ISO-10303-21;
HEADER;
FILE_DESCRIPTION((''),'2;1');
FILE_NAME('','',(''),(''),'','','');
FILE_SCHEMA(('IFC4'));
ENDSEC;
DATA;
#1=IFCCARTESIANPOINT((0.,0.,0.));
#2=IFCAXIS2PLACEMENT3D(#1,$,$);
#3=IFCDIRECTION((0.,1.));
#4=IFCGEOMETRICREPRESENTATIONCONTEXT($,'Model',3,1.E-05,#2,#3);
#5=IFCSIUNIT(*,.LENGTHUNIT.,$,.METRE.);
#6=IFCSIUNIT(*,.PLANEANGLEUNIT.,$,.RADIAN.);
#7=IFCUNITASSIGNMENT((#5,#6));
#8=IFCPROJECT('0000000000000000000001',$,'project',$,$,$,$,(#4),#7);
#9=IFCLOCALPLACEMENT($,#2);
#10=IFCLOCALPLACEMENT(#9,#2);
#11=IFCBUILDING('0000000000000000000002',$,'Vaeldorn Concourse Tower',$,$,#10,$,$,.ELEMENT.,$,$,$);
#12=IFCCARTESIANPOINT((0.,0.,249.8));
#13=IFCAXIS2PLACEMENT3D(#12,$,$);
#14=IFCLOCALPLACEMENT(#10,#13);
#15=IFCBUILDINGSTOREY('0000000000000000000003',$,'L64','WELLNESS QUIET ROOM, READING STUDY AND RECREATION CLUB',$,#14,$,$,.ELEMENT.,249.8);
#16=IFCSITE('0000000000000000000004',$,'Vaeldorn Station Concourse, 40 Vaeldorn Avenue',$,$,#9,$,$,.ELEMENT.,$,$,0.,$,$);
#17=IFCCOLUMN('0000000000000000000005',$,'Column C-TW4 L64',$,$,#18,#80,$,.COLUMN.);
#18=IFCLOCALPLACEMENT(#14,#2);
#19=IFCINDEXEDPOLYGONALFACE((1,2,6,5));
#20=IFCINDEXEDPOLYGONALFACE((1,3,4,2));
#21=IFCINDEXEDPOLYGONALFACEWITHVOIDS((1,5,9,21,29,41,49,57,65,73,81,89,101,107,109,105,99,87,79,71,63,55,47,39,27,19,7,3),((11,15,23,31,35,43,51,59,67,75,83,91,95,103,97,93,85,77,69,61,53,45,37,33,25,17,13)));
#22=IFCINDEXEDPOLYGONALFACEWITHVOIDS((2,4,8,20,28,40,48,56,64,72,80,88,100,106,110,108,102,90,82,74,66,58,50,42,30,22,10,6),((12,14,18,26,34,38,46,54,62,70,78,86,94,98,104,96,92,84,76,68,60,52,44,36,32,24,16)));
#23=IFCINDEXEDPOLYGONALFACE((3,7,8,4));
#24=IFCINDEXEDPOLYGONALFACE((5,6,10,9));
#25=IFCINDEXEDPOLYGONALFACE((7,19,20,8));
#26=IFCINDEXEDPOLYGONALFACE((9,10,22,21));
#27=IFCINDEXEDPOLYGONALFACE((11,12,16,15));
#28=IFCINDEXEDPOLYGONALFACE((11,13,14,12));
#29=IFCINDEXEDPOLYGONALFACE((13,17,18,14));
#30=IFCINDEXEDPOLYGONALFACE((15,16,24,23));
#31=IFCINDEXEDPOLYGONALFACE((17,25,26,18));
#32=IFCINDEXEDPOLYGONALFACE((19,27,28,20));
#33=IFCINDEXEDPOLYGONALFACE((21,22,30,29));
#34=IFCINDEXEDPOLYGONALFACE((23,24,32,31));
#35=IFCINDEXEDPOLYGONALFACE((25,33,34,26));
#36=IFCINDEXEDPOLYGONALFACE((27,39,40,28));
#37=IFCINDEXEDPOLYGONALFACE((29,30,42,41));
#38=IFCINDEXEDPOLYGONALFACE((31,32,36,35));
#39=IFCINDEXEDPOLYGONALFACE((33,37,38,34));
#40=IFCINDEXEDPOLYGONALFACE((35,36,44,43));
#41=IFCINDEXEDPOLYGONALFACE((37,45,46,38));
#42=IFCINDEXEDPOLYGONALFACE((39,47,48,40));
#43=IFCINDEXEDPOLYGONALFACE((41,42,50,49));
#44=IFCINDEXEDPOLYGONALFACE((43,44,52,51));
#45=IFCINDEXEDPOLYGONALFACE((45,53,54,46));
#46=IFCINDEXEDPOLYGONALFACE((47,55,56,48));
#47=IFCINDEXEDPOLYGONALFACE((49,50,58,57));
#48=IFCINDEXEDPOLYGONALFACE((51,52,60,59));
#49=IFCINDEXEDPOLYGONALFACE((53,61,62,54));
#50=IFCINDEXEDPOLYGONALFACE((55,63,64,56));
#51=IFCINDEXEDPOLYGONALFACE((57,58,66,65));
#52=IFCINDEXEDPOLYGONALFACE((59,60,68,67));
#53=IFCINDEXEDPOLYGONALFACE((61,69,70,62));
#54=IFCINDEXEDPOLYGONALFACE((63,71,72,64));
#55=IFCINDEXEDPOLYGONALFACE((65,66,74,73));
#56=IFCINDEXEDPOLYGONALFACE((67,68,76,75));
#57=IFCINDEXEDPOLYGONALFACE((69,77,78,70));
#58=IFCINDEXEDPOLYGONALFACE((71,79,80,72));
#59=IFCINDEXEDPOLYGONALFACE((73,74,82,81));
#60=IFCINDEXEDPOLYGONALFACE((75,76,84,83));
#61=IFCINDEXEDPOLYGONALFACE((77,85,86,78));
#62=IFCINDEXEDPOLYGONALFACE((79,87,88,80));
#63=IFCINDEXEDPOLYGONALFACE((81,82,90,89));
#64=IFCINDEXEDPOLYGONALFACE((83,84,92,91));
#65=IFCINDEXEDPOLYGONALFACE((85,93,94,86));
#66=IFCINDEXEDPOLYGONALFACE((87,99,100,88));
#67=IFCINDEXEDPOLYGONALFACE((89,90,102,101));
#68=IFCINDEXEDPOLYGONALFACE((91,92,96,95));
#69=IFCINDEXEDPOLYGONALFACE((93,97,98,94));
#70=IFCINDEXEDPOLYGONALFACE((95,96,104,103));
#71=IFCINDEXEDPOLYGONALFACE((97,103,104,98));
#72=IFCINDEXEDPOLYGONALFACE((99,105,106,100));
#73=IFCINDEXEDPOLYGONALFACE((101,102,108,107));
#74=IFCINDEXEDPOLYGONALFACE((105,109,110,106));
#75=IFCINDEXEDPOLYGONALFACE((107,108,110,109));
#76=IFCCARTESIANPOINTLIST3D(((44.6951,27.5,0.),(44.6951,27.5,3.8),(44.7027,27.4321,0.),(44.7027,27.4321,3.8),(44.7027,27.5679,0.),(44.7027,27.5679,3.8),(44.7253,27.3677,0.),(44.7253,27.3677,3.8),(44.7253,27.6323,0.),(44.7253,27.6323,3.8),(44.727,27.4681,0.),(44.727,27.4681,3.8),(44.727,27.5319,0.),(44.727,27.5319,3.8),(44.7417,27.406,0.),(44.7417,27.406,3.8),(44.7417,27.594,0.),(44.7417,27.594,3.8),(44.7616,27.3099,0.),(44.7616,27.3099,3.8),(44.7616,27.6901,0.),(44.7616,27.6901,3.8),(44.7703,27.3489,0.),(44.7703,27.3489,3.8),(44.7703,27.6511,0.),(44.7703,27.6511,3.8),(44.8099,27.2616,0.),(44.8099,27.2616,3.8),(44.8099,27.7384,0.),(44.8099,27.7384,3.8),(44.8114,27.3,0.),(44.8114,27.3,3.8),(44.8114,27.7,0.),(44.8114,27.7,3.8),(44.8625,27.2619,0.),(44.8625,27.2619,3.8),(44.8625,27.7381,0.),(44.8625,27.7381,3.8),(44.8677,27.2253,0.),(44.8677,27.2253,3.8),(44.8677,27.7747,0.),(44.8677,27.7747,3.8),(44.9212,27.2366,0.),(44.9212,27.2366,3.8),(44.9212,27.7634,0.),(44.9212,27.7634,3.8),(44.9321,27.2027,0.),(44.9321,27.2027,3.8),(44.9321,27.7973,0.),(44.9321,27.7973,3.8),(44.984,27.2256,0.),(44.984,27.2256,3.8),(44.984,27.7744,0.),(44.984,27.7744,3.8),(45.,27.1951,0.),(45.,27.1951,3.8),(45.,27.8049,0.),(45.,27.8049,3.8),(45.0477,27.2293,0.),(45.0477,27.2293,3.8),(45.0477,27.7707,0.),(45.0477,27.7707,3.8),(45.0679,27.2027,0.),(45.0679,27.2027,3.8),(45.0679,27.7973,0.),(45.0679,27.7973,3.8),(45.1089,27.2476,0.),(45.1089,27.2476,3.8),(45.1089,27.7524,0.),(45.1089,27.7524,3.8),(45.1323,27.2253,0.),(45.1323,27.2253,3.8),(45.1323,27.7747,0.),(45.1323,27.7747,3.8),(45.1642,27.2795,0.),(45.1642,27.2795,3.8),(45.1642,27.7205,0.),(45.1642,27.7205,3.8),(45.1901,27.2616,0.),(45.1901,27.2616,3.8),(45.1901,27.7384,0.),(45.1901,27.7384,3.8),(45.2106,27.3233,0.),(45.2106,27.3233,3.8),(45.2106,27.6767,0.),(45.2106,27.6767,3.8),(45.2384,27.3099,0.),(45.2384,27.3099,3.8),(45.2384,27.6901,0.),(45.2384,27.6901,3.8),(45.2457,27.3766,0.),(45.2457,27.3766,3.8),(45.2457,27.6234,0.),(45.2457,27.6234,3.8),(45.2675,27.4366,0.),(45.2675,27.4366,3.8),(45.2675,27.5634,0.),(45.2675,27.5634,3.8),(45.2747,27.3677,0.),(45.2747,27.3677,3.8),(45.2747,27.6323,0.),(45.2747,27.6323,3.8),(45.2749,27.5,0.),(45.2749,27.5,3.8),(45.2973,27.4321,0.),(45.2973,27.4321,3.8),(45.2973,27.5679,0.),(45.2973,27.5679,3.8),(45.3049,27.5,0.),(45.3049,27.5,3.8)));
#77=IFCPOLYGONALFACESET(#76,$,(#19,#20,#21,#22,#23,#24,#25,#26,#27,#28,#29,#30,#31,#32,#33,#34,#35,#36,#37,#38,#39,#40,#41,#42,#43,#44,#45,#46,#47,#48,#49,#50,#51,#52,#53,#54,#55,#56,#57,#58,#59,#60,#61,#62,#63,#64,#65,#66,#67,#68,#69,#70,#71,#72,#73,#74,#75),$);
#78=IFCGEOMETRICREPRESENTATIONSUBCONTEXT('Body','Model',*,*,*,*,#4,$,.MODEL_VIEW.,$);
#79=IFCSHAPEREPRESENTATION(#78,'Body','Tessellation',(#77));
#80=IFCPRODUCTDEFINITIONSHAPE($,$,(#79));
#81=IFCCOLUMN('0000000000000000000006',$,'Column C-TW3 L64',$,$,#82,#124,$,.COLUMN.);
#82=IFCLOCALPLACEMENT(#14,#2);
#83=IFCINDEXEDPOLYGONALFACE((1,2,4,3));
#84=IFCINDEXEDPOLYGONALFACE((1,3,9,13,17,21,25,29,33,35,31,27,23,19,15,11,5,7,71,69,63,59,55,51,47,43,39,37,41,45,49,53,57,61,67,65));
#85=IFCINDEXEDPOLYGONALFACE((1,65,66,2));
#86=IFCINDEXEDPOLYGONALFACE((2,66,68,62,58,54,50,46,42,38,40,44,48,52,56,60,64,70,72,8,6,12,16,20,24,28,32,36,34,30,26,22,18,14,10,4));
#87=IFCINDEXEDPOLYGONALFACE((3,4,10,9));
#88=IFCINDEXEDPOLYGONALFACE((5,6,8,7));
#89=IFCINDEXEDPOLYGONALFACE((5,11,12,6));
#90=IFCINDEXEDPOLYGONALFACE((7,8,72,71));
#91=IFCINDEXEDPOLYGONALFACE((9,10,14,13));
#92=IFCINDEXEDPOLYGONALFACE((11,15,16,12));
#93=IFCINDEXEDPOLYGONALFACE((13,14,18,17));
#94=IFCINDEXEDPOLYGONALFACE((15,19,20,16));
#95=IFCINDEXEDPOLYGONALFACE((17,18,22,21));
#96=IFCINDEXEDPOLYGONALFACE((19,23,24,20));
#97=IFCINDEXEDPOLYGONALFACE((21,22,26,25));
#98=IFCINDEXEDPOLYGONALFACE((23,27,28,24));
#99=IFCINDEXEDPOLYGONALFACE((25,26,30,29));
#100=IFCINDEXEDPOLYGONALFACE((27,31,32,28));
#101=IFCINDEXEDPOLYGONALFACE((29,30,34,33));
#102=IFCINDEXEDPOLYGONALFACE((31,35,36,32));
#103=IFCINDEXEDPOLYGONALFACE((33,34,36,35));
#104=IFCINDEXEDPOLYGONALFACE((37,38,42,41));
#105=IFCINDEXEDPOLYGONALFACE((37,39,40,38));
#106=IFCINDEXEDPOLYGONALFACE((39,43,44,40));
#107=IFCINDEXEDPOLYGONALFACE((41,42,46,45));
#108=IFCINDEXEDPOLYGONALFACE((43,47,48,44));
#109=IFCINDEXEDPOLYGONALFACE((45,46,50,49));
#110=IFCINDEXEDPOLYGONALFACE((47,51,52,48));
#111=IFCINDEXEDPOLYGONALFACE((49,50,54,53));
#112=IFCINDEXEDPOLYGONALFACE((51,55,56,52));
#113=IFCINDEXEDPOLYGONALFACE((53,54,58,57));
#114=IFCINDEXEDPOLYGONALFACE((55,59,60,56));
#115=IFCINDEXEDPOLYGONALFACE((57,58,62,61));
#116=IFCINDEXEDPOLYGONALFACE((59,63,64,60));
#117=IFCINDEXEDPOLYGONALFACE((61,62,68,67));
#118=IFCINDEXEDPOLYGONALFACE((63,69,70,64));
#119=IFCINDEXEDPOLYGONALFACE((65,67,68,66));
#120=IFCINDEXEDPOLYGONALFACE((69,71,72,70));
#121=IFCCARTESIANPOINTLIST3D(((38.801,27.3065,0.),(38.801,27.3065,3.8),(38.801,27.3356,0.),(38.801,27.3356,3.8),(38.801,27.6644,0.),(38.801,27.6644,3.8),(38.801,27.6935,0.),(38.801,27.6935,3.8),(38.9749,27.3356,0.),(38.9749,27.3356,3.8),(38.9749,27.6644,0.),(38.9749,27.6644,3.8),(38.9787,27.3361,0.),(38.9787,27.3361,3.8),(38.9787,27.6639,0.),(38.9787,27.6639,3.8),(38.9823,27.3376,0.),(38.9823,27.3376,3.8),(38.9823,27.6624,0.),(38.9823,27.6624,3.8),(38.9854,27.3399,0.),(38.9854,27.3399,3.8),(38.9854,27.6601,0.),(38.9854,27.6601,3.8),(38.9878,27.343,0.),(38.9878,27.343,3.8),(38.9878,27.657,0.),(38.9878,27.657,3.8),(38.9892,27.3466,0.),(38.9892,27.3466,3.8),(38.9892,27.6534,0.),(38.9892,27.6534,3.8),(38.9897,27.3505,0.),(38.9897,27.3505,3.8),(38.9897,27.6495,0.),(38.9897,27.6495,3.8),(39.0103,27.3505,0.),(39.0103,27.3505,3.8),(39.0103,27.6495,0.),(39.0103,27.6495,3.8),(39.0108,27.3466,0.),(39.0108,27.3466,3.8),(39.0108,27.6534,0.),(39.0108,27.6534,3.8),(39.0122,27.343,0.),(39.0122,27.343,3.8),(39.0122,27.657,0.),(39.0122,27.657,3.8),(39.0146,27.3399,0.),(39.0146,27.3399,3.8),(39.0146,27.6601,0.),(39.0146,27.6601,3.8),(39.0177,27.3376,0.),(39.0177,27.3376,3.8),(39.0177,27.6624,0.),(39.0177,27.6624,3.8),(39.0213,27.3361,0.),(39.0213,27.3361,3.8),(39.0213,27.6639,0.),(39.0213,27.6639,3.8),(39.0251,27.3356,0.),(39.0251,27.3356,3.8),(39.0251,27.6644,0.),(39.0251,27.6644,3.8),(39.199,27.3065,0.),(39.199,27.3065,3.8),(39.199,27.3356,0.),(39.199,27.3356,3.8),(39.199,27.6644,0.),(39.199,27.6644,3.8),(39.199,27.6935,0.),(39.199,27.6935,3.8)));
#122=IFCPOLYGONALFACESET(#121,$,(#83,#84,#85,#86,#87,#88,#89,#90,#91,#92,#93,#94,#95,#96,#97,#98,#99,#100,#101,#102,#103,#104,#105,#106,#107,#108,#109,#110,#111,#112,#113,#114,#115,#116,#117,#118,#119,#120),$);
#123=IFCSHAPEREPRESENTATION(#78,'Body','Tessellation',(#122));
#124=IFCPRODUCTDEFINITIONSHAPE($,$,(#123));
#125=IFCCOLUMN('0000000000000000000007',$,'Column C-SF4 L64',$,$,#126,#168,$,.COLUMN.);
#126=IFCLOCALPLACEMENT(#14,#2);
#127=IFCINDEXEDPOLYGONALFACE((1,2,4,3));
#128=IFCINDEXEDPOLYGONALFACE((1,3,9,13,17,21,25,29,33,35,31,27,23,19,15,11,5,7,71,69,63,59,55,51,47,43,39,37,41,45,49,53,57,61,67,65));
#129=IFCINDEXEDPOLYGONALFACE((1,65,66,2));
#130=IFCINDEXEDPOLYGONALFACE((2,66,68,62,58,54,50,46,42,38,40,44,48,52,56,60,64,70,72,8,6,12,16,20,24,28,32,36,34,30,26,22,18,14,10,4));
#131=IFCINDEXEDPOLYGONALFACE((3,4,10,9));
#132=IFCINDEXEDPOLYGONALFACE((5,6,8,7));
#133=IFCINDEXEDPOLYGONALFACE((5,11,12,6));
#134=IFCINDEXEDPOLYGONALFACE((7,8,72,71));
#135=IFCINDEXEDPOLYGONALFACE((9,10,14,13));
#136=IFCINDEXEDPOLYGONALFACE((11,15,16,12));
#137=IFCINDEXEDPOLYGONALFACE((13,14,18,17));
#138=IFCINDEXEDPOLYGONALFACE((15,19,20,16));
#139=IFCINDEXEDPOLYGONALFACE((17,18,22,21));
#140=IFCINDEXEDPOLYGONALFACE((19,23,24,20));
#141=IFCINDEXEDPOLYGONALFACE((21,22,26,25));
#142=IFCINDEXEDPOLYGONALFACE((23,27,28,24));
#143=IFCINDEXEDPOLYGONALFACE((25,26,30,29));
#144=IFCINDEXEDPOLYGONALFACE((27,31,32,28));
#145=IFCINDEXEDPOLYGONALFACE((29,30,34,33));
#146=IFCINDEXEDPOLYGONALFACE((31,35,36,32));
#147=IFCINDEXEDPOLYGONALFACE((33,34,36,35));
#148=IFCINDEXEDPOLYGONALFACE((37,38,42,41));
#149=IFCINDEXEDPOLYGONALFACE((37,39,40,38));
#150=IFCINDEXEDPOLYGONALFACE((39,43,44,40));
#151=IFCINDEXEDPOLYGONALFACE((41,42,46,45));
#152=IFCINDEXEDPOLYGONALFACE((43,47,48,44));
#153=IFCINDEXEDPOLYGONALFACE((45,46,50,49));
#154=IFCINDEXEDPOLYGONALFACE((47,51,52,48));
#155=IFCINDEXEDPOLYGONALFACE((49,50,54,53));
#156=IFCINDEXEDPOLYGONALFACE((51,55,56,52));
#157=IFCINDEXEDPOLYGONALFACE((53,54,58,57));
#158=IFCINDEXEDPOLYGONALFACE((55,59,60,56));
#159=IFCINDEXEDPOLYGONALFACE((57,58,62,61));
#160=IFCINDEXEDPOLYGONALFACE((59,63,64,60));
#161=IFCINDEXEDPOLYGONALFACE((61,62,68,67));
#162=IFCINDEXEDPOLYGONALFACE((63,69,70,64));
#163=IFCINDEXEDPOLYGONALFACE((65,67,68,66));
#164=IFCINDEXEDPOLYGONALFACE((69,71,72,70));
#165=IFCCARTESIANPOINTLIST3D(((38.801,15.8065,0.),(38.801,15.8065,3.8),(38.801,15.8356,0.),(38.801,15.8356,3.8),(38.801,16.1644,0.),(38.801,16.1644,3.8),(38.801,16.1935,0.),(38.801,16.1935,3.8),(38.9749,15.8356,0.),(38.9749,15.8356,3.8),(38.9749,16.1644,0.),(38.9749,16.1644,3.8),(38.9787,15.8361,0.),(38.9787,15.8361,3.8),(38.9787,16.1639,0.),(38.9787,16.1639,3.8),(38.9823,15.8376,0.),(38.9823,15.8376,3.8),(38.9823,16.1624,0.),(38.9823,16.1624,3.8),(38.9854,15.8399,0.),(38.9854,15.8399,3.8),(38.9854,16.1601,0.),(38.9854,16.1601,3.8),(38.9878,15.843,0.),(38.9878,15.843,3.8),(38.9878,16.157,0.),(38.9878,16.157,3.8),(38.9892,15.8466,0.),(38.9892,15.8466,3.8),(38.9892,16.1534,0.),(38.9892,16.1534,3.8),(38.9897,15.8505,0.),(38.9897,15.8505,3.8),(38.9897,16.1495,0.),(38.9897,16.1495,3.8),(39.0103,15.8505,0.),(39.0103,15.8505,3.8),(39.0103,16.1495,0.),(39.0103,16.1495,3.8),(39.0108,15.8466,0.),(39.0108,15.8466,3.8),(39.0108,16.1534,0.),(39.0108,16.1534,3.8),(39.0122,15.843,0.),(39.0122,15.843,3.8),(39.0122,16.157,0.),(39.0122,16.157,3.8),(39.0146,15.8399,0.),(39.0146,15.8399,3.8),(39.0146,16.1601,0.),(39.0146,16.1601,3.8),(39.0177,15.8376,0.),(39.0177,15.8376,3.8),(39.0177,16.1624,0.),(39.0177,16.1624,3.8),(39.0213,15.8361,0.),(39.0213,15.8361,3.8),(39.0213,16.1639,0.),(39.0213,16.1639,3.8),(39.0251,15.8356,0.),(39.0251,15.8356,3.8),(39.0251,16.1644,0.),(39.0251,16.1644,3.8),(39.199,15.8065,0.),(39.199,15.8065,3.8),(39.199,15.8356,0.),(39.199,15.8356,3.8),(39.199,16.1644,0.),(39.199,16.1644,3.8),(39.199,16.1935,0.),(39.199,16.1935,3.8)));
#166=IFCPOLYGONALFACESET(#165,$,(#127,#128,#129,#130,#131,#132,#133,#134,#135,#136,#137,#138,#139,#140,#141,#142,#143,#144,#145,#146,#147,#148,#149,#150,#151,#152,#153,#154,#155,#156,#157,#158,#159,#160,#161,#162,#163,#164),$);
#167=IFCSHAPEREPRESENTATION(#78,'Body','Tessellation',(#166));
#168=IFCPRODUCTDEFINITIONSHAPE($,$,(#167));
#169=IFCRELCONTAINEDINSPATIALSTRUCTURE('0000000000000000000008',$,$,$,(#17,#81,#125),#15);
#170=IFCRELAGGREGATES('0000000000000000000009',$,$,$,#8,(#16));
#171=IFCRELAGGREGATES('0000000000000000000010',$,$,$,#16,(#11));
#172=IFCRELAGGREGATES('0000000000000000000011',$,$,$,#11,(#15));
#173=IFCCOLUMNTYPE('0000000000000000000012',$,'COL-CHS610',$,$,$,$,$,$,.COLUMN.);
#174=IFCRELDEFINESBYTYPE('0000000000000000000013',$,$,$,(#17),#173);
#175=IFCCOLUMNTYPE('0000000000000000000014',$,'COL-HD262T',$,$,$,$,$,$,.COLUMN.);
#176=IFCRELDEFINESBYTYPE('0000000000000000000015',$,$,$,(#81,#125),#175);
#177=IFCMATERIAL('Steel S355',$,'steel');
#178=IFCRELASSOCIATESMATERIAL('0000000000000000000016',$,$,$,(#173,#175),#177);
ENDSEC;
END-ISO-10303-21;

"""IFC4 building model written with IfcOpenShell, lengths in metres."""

from ifc_helpers import new_model, si_unit, direction, frame, origin, origin_2d, place, context, subcontext, project, spatial, hollow_circle, i_section, extrude, source, transform, mapped, material, material_profile, profile_set, type_object, element, save


model = new_model("IFC4")

# Units and contexts
model_context = context("Model", 3, precision=1e-05, world=origin(), true_north=direction((0.0, 1.0)))
body_context = subcontext(model_context, "Body", "Model", "MODEL_VIEW")
ifc_project = project(units=[si_unit("LENGTHUNIT", "METRE"), si_unit("PLANEANGLEUNIT", "RADIAN")], contexts=[model_context])

# Site, building, storey
site_placement = place(None, origin())
site = spatial("IfcSite", under=ifc_project, at=site_placement, Name="Vaeldorn Station Concourse, 40 Vaeldorn Avenue", CompositionType="ELEMENT", RefElevation=0.0)
building_placement = place(site_placement, origin())
building = spatial("IfcBuilding", under=site, at=building_placement, Name="Vaeldorn Concourse Tower", CompositionType="ELEMENT")
storey_placement = place(building_placement, frame((0.0, 0.0, 249.8)))
storey = spatial("IfcBuildingStorey", under=building, at=storey_placement, Name="L64", Description="WELLNESS QUIET ROOM, READING STUDY AND RECREATION CLUB", CompositionType="ELEMENT", Elevation=249.8)

# Columns
ifc_material_1 = material(Name="Steel S355", Category="steel")
ifc_material_profile_1 = material_profile(ifc_material_1, hollow_circle(Radius=0.3049, WallThickness=0.03, at=origin_2d()), Name="CHS 610x30")
ifc_profile_set_1 = profile_set([ifc_material_profile_1], Name="Steel S355")
column_type_1 = type_object("IfcColumnType", Name="COL-CHS610", PredefinedType="COLUMN", material=ifc_profile_set_1)
shared_shape_1 = source(origin(), body_context, "Body", "SweptSolid", [
    extrude(hollow_circle(Radius=0.3049, WallThickness=0.03, at=origin_2d()), origin(), (0.0, 0.0, 1.0), 3.8),
])
column_placement = place(storey_placement, frame((45.0, 27.5, 0.0), z_axis=(0.0, 0.0, 1.0), x_axis=(1.0, 0.0, 0.0)))
element("IfcColumn", 1, at=column_placement, inside=storey, type_object=column_type_1, Name="Column C-TW4 L64", PredefinedType="COLUMN", context=body_context, shape_type="MappedRepresentation", body=[
    mapped(shared_shape_1, transform((0.0, 0.0, 0.0), scale=1.0)),
])
ifc_material_profile_2 = material_profile(ifc_material_1, i_section(OverallWidth=0.3979, OverallDepth=0.387, WebThickness=0.0205, FlangeThickness=0.0291, FilletRadius=0.0149, at=origin_2d()), Name="HD 400x262")
ifc_profile_set_2 = profile_set([ifc_material_profile_2], Name="Steel S355")
column_type_2 = type_object("IfcColumnType", Name="COL-HD262T", PredefinedType="COLUMN", material=ifc_profile_set_2)
shared_shape_2 = source(origin(), body_context, "Body", "SweptSolid", [
    extrude(i_section(OverallWidth=0.3979, OverallDepth=0.387, WebThickness=0.0205, FlangeThickness=0.0291, FilletRadius=0.0149, at=origin_2d()), origin(), (0.0, 0.0, 1.0), 3.8),
])
for number, where, z_axis, x_axis, name in (
    (2, (39.0, 27.5, 0.0), (0.0, 0.0, 1.0), (1.0, 0.0, 0.0), "Column C-TW3 L64"),
    (3, (39.0, 16.0, 0.0), (0.0, 0.0, 1.0), (1.0, 0.0, 0.0), "Column C-SF4 L64"),
):
    element("IfcColumn", number, at=place(storey_placement, frame(where, z_axis=z_axis, x_axis=x_axis)), inside=storey, type_object=column_type_2, Name=name, PredefinedType="COLUMN", context=body_context, shape_type="MappedRepresentation", body=[
        mapped(shared_shape_2, transform((0.0, 0.0, 0.0), scale=1.0)),
    ])

save(model, "model.ifc")
